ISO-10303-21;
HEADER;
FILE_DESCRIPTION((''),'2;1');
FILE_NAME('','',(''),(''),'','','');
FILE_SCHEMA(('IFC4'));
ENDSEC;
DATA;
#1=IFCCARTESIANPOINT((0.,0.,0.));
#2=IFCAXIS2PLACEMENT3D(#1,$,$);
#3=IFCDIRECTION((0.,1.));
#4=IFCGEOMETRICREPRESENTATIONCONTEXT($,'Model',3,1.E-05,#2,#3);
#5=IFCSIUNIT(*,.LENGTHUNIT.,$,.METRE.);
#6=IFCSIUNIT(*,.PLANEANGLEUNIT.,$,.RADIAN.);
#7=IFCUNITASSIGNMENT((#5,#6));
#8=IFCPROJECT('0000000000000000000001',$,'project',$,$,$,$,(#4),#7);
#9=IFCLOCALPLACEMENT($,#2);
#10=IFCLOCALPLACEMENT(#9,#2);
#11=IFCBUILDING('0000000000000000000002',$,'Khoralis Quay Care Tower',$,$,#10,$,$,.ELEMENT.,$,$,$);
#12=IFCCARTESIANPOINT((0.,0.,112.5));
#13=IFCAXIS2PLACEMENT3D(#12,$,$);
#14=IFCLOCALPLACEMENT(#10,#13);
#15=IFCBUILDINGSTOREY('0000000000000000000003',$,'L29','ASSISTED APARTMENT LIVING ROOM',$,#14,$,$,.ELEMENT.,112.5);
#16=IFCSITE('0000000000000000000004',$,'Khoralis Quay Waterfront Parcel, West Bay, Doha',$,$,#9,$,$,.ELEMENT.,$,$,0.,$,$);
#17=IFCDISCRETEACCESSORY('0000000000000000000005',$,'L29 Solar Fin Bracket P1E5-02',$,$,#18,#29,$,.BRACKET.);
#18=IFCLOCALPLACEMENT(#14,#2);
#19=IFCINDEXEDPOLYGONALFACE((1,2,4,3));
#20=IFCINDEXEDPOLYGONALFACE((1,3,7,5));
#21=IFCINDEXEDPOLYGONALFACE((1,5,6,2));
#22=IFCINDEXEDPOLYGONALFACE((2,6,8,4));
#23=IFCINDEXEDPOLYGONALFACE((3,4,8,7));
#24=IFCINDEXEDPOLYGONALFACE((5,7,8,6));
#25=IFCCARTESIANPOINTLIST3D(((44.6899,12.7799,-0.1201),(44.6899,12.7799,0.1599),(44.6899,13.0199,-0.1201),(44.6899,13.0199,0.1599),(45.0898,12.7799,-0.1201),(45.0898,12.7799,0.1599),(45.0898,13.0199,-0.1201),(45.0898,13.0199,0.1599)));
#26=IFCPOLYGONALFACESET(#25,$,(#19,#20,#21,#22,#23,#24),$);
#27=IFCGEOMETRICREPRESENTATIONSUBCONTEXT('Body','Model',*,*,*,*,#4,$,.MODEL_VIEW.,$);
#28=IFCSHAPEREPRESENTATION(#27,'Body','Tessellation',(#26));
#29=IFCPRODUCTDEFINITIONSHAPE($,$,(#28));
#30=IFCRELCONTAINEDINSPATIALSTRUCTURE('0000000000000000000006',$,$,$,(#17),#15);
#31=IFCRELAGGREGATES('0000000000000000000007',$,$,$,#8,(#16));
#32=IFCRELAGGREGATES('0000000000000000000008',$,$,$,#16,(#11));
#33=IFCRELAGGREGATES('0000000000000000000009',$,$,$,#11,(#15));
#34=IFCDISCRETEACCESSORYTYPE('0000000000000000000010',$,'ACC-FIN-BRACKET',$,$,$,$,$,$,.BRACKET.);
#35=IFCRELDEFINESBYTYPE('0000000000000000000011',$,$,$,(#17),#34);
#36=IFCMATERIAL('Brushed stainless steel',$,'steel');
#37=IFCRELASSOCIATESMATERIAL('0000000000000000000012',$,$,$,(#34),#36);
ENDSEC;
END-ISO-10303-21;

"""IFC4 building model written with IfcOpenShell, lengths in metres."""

from ifc_helpers import new_model, si_unit, direction, frame, origin, origin_2d, place, context, subcontext, project, spatial, rectangle, extrude, source, transform, mapped, material, type_object, element, save


model = new_model("IFC4")

# Units and contexts
model_context = context("Model", 3, precision=1e-05, world=origin(), true_north=direction((0.0, 1.0)))
body_context = subcontext(model_context, "Body", "Model", "MODEL_VIEW")
ifc_project = project(units=[si_unit("LENGTHUNIT", "METRE"), si_unit("PLANEANGLEUNIT", "RADIAN")], contexts=[model_context])

# Site, building, storey
site_placement = place(None, origin())
site = spatial("IfcSite", under=ifc_project, at=site_placement, Name="Khoralis Quay Waterfront Parcel, West Bay, Doha", CompositionType="ELEMENT", RefElevation=0.0)
building_placement = place(site_placement, origin())
building = spatial("IfcBuilding", under=site, at=building_placement, Name="Khoralis Quay Care Tower", CompositionType="ELEMENT")
storey_placement = place(building_placement, frame((0.0, 0.0, 112.5)))
storey = spatial("IfcBuildingStorey", under=building, at=storey_placement, Name="L29", Description="ASSISTED APARTMENT LIVING ROOM", CompositionType="ELEMENT", Elevation=112.5)

# Discrete accessory
ifc_material_1 = material(Name="Brushed stainless steel", Category="steel")
discrete_accessory_type = type_object("IfcDiscreteAccessoryType", Name="ACC-FIN-BRACKET", PredefinedType="BRACKET", material=ifc_material_1)
shared_shape_1 = source(origin(), body_context, "Body", "SweptSolid", [
    extrude(rectangle(XDim=0.3999, YDim=0.24, at=origin_2d()), origin(), (0.0, 0.0, 1.0), 0.28),
])
for number, where, z_axis, x_axis, name in (
    (1, (44.8899, 12.8999, -0.1201), (0.0, 0.0, 1.0), (1.0, 0.0, 0.0), "L29 Solar Fin Bracket P1E5-02"),
):
    element("IfcDiscreteAccessory", number, at=place(storey_placement, frame(where, z_axis=z_axis, x_axis=x_axis)), inside=storey, type_object=discrete_accessory_type, Name=name, PredefinedType="BRACKET", context=body_context, shape_type="MappedRepresentation", body=[
        mapped(shared_shape_1, transform((0.0, 0.0, 0.0), scale=1.0)),
    ])

save(model, "model.ifc")
